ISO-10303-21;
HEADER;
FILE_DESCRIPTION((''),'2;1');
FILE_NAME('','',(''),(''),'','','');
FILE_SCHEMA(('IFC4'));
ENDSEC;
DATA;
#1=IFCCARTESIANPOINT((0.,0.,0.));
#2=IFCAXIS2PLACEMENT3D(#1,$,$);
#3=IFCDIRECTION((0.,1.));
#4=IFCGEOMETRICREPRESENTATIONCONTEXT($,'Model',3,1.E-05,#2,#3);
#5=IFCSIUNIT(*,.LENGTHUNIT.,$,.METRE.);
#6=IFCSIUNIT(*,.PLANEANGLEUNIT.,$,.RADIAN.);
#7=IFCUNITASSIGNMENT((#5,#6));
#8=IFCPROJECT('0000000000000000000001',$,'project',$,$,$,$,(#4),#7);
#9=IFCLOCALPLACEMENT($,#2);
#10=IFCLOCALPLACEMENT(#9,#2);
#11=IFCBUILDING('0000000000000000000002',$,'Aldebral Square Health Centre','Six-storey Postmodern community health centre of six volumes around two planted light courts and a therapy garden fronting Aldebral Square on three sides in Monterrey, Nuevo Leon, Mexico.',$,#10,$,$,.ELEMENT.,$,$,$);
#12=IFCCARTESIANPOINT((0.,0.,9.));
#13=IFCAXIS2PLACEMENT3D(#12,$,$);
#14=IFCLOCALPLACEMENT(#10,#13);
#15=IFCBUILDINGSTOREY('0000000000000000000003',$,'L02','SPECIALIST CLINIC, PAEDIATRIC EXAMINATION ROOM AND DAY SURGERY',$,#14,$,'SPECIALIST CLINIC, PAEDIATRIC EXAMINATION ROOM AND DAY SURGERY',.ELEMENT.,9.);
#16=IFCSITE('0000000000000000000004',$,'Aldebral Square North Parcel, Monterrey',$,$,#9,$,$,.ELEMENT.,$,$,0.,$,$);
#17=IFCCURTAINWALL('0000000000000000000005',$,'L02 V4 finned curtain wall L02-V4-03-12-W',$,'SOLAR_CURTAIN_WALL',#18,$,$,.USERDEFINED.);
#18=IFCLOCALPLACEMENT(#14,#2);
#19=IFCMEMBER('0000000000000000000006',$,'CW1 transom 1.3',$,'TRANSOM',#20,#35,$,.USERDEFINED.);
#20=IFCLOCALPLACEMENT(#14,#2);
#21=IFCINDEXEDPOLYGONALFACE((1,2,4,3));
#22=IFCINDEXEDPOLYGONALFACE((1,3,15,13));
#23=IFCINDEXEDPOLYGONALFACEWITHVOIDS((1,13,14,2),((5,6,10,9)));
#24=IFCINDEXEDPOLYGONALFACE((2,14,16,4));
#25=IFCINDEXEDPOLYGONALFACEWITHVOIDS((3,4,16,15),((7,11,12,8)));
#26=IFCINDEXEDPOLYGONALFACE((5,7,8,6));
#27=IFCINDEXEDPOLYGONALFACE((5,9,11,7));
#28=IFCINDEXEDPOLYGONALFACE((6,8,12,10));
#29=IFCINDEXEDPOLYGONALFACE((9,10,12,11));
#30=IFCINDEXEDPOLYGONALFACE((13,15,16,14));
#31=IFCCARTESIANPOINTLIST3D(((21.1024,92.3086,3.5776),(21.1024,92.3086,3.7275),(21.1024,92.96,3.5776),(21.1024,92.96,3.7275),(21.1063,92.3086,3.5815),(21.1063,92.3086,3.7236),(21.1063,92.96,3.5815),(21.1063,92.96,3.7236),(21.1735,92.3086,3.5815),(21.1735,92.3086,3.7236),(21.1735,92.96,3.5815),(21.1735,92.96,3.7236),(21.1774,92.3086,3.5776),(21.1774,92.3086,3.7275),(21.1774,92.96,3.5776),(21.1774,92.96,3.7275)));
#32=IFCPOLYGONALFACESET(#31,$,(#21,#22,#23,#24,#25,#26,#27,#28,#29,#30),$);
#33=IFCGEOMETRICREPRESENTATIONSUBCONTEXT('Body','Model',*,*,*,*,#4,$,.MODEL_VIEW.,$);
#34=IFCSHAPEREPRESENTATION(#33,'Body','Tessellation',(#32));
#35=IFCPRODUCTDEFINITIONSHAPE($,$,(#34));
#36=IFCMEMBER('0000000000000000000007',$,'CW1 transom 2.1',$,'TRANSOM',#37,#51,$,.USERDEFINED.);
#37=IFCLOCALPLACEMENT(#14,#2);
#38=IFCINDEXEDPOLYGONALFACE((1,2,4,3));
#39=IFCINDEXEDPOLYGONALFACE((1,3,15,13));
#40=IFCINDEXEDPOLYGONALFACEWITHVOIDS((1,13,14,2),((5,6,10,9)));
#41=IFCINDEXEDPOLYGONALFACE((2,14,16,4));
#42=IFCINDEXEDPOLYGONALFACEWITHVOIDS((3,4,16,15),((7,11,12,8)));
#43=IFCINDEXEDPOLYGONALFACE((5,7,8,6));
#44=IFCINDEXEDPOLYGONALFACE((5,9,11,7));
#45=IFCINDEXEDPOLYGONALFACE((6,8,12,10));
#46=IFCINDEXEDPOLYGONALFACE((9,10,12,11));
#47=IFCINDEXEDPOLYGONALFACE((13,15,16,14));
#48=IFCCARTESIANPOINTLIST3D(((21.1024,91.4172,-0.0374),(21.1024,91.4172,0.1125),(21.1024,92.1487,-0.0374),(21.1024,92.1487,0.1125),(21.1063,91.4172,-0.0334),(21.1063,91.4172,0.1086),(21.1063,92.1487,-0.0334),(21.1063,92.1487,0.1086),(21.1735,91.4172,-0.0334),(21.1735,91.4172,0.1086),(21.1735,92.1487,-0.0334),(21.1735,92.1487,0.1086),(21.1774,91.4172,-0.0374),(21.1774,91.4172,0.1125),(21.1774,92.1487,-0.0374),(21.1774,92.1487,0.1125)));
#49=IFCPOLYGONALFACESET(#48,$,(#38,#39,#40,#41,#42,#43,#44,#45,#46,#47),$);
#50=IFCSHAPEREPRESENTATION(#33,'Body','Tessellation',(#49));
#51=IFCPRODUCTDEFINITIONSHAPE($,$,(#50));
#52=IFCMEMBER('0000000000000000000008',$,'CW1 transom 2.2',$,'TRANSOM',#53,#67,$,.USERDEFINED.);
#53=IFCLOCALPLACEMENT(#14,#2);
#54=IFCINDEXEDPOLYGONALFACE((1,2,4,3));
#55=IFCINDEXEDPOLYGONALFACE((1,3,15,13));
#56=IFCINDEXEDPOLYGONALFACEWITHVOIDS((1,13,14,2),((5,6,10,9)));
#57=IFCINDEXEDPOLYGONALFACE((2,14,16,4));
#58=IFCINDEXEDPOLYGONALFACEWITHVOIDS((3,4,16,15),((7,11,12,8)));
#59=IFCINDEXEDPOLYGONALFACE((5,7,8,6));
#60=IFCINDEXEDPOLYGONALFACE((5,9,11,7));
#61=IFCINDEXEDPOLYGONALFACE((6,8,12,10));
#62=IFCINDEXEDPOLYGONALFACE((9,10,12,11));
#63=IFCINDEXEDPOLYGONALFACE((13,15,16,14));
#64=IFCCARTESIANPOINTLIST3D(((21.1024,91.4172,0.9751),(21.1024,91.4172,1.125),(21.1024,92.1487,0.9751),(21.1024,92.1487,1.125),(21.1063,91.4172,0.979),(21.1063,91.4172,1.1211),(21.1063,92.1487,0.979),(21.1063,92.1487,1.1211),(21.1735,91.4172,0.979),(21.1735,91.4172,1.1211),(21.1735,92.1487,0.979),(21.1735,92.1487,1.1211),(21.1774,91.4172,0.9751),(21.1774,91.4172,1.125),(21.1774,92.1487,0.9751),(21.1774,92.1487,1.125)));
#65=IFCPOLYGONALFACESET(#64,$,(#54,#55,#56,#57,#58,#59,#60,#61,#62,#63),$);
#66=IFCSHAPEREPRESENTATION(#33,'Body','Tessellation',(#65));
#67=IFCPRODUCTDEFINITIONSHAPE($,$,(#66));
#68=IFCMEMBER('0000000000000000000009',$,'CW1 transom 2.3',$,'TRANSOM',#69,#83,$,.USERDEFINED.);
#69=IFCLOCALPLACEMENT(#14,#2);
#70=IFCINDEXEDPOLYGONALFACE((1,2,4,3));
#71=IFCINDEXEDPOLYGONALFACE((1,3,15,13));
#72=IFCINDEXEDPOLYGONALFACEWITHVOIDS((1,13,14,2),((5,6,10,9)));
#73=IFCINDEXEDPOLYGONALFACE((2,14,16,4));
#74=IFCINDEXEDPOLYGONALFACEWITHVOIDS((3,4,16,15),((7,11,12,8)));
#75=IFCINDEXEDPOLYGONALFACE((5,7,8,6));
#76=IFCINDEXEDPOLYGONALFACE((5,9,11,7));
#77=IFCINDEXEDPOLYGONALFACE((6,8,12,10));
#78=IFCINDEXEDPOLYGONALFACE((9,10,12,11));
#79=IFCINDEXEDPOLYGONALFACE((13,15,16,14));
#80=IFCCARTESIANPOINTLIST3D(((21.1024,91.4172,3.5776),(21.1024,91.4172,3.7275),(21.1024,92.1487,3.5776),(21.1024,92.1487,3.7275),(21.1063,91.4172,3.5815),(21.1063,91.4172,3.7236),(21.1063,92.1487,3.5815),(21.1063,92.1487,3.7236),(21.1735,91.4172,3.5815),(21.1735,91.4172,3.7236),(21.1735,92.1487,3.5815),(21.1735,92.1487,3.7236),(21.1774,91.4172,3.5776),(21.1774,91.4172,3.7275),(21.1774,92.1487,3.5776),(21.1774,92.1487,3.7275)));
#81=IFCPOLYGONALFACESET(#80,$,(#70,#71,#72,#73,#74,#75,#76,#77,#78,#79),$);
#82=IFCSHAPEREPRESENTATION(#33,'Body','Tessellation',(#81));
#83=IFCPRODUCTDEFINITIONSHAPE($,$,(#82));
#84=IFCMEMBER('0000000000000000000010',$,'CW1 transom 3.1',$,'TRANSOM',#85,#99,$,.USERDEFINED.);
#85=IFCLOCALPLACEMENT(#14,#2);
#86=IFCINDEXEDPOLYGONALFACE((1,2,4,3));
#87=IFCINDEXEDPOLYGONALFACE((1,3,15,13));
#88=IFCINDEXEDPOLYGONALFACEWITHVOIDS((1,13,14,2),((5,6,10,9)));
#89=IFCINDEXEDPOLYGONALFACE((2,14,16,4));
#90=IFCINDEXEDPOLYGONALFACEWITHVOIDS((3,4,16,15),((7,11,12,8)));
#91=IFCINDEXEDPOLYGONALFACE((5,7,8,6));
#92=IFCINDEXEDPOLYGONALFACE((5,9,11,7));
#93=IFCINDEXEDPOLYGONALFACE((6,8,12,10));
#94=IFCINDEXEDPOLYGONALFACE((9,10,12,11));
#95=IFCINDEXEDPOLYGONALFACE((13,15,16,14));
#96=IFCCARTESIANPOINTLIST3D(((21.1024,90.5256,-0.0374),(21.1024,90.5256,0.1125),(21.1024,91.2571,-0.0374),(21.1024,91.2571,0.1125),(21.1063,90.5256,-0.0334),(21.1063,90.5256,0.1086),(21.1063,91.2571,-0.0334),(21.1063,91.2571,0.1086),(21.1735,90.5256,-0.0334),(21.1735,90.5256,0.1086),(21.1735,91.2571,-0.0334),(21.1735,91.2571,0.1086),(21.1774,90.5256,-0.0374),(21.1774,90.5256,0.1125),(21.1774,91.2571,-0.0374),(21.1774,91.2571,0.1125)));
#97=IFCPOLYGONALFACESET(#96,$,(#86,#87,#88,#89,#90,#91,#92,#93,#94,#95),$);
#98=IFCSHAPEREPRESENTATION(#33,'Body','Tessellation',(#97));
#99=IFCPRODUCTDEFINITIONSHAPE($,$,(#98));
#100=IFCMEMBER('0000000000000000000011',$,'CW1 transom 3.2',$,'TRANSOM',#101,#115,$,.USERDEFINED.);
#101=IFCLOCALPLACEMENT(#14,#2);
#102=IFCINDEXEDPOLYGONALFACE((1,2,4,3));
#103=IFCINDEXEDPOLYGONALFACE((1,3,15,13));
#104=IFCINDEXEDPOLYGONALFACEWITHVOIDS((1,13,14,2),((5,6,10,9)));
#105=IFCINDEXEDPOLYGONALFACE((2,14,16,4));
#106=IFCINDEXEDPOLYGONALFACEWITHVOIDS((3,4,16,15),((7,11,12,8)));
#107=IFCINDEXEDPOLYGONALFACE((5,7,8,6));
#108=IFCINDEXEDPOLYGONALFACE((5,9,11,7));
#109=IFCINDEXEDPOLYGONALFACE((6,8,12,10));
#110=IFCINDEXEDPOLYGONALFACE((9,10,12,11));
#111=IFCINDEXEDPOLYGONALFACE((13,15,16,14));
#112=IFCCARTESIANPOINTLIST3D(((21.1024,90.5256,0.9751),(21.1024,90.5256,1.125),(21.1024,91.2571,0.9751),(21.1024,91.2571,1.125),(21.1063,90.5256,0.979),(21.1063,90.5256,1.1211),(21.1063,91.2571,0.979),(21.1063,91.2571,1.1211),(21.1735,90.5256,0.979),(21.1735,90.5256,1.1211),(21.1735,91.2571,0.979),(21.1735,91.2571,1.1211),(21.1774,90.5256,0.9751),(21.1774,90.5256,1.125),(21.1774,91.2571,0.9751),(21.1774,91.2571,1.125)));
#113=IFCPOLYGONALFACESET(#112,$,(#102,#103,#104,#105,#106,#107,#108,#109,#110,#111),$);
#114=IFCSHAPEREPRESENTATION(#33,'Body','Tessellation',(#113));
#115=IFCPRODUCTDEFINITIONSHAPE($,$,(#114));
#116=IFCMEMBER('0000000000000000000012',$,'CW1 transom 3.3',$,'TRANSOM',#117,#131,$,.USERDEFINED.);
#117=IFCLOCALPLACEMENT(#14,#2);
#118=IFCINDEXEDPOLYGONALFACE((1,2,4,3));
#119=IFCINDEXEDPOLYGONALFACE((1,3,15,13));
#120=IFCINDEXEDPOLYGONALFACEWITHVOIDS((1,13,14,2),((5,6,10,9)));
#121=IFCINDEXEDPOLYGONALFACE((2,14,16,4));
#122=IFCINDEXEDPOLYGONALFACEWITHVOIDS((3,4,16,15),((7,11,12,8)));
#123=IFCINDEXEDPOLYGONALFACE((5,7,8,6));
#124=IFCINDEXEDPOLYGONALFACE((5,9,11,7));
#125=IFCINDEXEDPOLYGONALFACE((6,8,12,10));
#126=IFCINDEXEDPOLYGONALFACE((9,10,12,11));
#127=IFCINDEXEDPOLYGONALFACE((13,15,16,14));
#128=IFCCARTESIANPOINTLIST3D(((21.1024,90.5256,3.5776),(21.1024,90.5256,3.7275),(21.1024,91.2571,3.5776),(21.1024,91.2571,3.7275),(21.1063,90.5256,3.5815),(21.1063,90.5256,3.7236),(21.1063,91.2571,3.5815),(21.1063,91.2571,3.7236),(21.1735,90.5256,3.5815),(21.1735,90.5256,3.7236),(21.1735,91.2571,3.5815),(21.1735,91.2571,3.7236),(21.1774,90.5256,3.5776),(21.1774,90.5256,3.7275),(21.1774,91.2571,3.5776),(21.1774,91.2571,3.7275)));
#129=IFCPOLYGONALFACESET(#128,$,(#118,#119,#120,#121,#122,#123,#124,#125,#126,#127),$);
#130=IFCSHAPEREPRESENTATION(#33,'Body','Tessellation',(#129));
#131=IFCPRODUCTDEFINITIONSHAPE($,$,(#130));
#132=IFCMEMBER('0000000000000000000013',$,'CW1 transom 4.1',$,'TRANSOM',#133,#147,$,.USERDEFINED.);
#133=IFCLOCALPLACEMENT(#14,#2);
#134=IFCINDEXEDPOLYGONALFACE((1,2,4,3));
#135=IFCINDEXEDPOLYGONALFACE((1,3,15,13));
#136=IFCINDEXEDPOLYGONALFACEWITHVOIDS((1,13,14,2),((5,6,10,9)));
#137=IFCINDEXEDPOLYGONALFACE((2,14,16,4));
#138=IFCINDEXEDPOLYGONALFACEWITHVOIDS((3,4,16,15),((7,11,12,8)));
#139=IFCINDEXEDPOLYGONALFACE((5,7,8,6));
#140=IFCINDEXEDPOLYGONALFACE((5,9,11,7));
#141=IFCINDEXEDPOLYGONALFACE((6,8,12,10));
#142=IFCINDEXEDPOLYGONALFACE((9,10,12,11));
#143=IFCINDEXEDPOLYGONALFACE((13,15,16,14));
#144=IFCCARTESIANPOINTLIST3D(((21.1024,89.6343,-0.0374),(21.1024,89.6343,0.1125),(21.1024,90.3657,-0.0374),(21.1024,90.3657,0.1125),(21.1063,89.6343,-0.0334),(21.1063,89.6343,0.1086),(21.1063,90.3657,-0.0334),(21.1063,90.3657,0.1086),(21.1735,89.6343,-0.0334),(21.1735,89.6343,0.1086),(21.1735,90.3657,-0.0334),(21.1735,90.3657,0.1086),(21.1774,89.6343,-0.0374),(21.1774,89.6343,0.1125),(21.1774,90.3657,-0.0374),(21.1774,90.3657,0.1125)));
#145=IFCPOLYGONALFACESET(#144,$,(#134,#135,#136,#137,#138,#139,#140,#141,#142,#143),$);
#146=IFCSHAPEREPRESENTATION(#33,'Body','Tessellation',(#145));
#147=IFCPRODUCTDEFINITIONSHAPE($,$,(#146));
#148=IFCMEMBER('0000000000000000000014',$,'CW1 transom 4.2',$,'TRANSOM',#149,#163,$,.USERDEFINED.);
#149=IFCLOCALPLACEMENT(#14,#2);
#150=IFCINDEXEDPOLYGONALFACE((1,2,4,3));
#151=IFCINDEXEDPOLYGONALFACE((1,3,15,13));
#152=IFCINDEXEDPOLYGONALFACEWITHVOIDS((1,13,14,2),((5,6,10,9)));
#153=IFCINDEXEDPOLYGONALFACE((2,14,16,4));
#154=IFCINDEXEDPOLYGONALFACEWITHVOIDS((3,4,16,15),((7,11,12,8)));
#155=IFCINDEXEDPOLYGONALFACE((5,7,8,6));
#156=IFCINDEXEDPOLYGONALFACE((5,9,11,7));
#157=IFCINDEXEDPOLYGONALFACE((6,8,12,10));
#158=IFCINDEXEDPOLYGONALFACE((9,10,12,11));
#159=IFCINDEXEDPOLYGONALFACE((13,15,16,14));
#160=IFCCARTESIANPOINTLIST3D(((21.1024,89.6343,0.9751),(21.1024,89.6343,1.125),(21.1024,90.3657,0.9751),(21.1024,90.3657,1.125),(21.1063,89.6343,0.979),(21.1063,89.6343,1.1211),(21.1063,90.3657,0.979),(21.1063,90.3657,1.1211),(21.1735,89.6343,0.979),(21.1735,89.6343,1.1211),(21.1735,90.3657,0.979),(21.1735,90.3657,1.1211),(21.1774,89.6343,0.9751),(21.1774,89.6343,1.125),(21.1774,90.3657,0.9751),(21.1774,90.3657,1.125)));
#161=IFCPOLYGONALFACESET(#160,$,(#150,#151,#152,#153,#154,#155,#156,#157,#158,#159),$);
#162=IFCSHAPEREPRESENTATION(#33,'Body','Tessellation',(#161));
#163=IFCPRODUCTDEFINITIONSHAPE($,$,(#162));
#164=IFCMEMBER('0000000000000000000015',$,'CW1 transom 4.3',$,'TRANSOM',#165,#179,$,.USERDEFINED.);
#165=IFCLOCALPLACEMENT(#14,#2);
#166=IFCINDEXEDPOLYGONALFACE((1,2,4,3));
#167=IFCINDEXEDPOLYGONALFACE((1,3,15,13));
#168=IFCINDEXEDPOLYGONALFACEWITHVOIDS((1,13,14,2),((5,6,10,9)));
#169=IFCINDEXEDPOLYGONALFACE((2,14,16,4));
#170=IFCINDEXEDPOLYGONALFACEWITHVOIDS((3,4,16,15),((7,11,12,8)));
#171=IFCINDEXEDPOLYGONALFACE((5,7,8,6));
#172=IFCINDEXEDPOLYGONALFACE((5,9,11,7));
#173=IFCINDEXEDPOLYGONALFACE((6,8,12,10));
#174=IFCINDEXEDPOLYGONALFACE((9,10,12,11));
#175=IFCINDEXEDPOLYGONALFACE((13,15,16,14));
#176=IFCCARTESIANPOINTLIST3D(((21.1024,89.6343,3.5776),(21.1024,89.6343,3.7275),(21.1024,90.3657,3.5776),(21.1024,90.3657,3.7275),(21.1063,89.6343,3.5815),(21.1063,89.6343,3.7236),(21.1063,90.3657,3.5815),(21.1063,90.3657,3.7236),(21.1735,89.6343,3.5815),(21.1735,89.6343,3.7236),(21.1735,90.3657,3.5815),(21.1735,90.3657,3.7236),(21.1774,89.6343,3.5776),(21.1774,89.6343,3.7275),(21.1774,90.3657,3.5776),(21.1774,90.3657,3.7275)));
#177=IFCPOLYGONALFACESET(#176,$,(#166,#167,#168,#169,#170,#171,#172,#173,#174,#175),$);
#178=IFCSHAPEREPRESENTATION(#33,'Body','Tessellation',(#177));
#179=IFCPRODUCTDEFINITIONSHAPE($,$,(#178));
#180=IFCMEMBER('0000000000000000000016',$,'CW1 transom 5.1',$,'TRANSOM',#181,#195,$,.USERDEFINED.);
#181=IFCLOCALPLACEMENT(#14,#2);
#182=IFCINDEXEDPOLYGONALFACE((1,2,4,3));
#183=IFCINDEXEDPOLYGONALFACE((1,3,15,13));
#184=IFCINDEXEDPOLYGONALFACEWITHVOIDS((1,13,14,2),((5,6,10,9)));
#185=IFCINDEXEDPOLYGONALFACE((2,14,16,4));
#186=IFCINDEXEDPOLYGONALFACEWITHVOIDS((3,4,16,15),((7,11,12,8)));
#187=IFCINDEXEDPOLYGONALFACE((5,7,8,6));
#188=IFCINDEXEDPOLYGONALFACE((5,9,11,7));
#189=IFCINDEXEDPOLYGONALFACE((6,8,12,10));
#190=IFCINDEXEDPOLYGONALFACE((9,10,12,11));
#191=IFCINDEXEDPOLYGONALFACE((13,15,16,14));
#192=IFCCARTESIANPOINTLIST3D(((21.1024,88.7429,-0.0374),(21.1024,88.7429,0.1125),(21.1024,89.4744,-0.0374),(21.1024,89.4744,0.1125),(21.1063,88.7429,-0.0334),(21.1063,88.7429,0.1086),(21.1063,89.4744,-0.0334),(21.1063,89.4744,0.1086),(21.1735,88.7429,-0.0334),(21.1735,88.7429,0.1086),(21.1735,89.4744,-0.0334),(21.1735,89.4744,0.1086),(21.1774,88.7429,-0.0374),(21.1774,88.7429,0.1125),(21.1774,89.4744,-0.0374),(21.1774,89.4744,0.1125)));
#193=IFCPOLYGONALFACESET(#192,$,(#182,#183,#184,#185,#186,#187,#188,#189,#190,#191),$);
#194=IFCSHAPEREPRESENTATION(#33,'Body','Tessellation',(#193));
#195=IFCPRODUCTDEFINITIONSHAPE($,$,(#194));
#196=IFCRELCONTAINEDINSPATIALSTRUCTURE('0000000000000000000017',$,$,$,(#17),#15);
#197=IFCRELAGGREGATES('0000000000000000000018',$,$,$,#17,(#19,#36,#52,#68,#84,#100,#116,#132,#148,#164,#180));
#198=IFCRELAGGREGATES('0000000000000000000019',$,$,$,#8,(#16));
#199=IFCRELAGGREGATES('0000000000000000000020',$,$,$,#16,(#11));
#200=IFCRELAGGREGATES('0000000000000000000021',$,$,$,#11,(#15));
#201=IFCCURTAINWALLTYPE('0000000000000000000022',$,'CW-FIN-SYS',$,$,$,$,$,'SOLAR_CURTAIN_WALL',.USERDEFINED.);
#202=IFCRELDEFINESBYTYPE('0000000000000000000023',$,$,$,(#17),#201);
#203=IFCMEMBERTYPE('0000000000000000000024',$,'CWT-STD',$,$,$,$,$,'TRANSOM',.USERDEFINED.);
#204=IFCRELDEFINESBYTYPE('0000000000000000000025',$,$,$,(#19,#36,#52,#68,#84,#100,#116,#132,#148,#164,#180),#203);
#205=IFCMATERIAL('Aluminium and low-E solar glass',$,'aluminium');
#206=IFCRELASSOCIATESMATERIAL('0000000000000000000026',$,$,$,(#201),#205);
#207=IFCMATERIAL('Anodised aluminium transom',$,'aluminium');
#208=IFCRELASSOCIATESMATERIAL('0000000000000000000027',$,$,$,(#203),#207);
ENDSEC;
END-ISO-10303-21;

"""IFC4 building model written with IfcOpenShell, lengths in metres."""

from ifc_helpers import new_model, si_unit, direction, frame, origin, origin_2d, place, context, subcontext, project, spatial, hollow_rectangle, extrude, material, material_profile, profile_set, type_object, element, aggregate, save


model = new_model("IFC4")

# Units and contexts
model_context = context("Model", 3, precision=1e-05, world=origin(), true_north=direction((0.0, 1.0)))
body_context = subcontext(model_context, "Body", "Model", "MODEL_VIEW")
ifc_project = project(units=[si_unit("LENGTHUNIT", "METRE"), si_unit("PLANEANGLEUNIT", "RADIAN")], contexts=[model_context])

# Site, building, storey
site_placement = place(None, origin())
site = spatial("IfcSite", under=ifc_project, at=site_placement, Name="Aldebral Square North Parcel, Monterrey", CompositionType="ELEMENT", RefElevation=0.0)
building_placement = place(site_placement, origin())
building = spatial("IfcBuilding", under=site, at=building_placement, Name="Aldebral Square Health Centre", Description="Six-storey Postmodern community health centre of six volumes around two planted light courts and a therapy garden fronting Aldebral Square on three sides in Monterrey, Nuevo Leon, Mexico.", CompositionType="ELEMENT")
storey_placement = place(building_placement, frame((0.0, 0.0, 9.0)))
storey = spatial("IfcBuildingStorey", under=building, at=storey_placement, Name="L02", Description="SPECIALIST CLINIC, PAEDIATRIC EXAMINATION ROOM AND DAY SURGERY", LongName="SPECIALIST CLINIC, PAEDIATRIC EXAMINATION ROOM AND DAY SURGERY", CompositionType="ELEMENT", Elevation=9.0)

# Curtain wall
ifc_material_1 = material(Name="Aluminium and low-E solar glass", Category="aluminium")
curtain_wall_type = type_object("IfcCurtainWallType", Name="CW-FIN-SYS", ElementType="SOLAR_CURTAIN_WALL", PredefinedType="USERDEFINED", material=ifc_material_1)
curtain_wall_1_placement = place(storey_placement, origin())
curtain_wall_1 = element("IfcCurtainWall", 1, at=curtain_wall_1_placement, inside=storey, type_object=curtain_wall_type, Name="L02 V4 finned curtain wall L02-V4-03-12-W", ObjectType="SOLAR_CURTAIN_WALL", PredefinedType="USERDEFINED")

# Members
ifc_material_2 = material(Name="Anodised aluminium transom", Category="aluminium")
ifc_material_profile_1 = material_profile(ifc_material_2, hollow_rectangle(XDim=0.075, YDim=0.1499, WallThickness=0.0039, at=origin_2d()), Name="CWT 75x150x4")
ifc_profile_set_1 = profile_set([ifc_material_profile_1], Name="Anodised aluminium transom")
member_type_1 = type_object("IfcMemberType", Name="CWT-STD", ElementType="TRANSOM", PredefinedType="USERDEFINED", material=ifc_profile_set_1)
member_1_placement = place(storey_placement, frame((21.1399, 92.96, 3.6526), z_axis=(0.0, -1.0, 0.0), x_axis=(1.0, 0.0, 0.0)))
member_1 = element("IfcMember", 2, at=member_1_placement, type_object=member_type_1, Name="CW1 transom 1.3", ObjectType="TRANSOM", PredefinedType="USERDEFINED", context=body_context, shape_type="SweptSolid", body=[
    extrude(hollow_rectangle(XDim=0.075, YDim=0.1499, WallThickness=0.0039, at=origin_2d()), origin(), (0.0, 0.0, 1.0), 0.6514),
])
member_2_placement = place(storey_placement, frame((21.1399, 92.1487, 0.0376), z_axis=(0.0, -1.0, 0.0), x_axis=(1.0, 0.0, 0.0)))
member_2 = element("IfcMember", 3, at=member_2_placement, type_object=member_type_1, Name="CW1 transom 2.1", ObjectType="TRANSOM", PredefinedType="USERDEFINED", context=body_context, shape_type="SweptSolid", body=[
    extrude(hollow_rectangle(XDim=0.075, YDim=0.1499, WallThickness=0.0039, at=origin_2d()), origin(), (0.0, 0.0, 1.0), 0.7314),
])
member_3_placement = place(storey_placement, frame((21.1399, 92.1487, 1.05), z_axis=(0.0, -1.0, 0.0), x_axis=(1.0, 0.0, 0.0)))
member_3 = element("IfcMember", 4, at=member_3_placement, type_object=member_type_1, Name="CW1 transom 2.2", ObjectType="TRANSOM", PredefinedType="USERDEFINED", context=body_context, shape_type="SweptSolid", body=[
    extrude(hollow_rectangle(XDim=0.075, YDim=0.1499, WallThickness=0.0039, at=origin_2d()), origin(), (0.0, 0.0, 1.0), 0.7314),
])
member_4_placement = place(storey_placement, frame((21.1399, 92.1487, 3.6526), z_axis=(0.0, -1.0, 0.0), x_axis=(1.0, 0.0, 0.0)))
member_4 = element("IfcMember", 5, at=member_4_placement, type_object=member_type_1, Name="CW1 transom 2.3", ObjectType="TRANSOM", PredefinedType="USERDEFINED", context=body_context, shape_type="SweptSolid", body=[
    extrude(hollow_rectangle(XDim=0.075, YDim=0.1499, WallThickness=0.0039, at=origin_2d()), origin(), (0.0, 0.0, 1.0), 0.7314),
])
member_5_placement = place(storey_placement, frame((21.1399, 91.2571, 0.0376), z_axis=(0.0, -1.0, 0.0), x_axis=(1.0, 0.0, 0.0)))
member_5 = element("IfcMember", 6, at=member_5_placement, type_object=member_type_1, Name="CW1 transom 3.1", ObjectType="TRANSOM", PredefinedType="USERDEFINED", context=body_context, shape_type="SweptSolid", body=[
    extrude(hollow_rectangle(XDim=0.075, YDim=0.1499, WallThickness=0.0039, at=origin_2d()), origin(), (0.0, 0.0, 1.0), 0.7314),
])
member_6_placement = place(storey_placement, frame((21.1399, 91.2571, 1.05), z_axis=(0.0, -1.0, 0.0), x_axis=(1.0, 0.0, 0.0)))
member_6 = element("IfcMember", 7, at=member_6_placement, type_object=member_type_1, Name="CW1 transom 3.2", ObjectType="TRANSOM", PredefinedType="USERDEFINED", context=body_context, shape_type="SweptSolid", body=[
    extrude(hollow_rectangle(XDim=0.075, YDim=0.1499, WallThickness=0.0039, at=origin_2d()), origin(), (0.0, 0.0, 1.0), 0.7314),
])
member_7_placement = place(storey_placement, frame((21.1399, 91.2571, 3.6526), z_axis=(0.0, -1.0, 0.0), x_axis=(1.0, 0.0, 0.0)))
member_7 = element("IfcMember", 8, at=member_7_placement, type_object=member_type_1, Name="CW1 transom 3.3", ObjectType="TRANSOM", PredefinedType="USERDEFINED", context=body_context, shape_type="SweptSolid", body=[
    extrude(hollow_rectangle(XDim=0.075, YDim=0.1499, WallThickness=0.0039, at=origin_2d()), origin(), (0.0, 0.0, 1.0), 0.7314),
])
member_8_placement = place(storey_placement, frame((21.1399, 90.3657, 0.0376), z_axis=(0.0, -1.0, 0.0), x_axis=(1.0, 0.0, 0.0)))
member_8 = element("IfcMember", 9, at=member_8_placement, type_object=member_type_1, Name="CW1 transom 4.1", ObjectType="TRANSOM", PredefinedType="USERDEFINED", context=body_context, shape_type="SweptSolid", body=[
    extrude(hollow_rectangle(XDim=0.075, YDim=0.1499, WallThickness=0.0039, at=origin_2d()), origin(), (0.0, 0.0, 1.0), 0.7314),
])
member_9_placement = place(storey_placement, frame((21.1399, 90.3657, 1.05), z_axis=(0.0, -1.0, 0.0), x_axis=(1.0, 0.0, 0.0)))
member_9 = element("IfcMember", 10, at=member_9_placement, type_object=member_type_1, Name="CW1 transom 4.2", ObjectType="TRANSOM", PredefinedType="USERDEFINED", context=body_context, shape_type="SweptSolid", body=[
    extrude(hollow_rectangle(XDim=0.075, YDim=0.1499, WallThickness=0.0039, at=origin_2d()), origin(), (0.0, 0.0, 1.0), 0.7314),
])
member_10_placement = place(storey_placement, frame((21.1399, 90.3657, 3.6526), z_axis=(0.0, -1.0, 0.0), x_axis=(1.0, 0.0, 0.0)))
member_10 = element("IfcMember", 11, at=member_10_placement, type_object=member_type_1, Name="CW1 transom 4.3", ObjectType="TRANSOM", PredefinedType="USERDEFINED", context=body_context, shape_type="SweptSolid", body=[
    extrude(hollow_rectangle(XDim=0.075, YDim=0.1499, WallThickness=0.0039, at=origin_2d()), origin(), (0.0, 0.0, 1.0), 0.7314),
])
member_11_placement = place(storey_placement, frame((21.1399, 89.4744, 0.0376), z_axis=(0.0, -1.0, 0.0), x_axis=(1.0, 0.0, 0.0)))
member_11 = element("IfcMember", 12, at=member_11_placement, type_object=member_type_1, Name="CW1 transom 5.1", ObjectType="TRANSOM", PredefinedType="USERDEFINED", context=body_context, shape_type="SweptSolid", body=[
    extrude(hollow_rectangle(XDim=0.075, YDim=0.1499, WallThickness=0.0039, at=origin_2d()), origin(), (0.0, 0.0, 1.0), 0.7314),
])

aggregate(curtain_wall_1, [member_1, member_2, member_3, member_4, member_5, member_6, member_7, member_8, member_9, member_10, member_11])

save(model, "model.ifc")
